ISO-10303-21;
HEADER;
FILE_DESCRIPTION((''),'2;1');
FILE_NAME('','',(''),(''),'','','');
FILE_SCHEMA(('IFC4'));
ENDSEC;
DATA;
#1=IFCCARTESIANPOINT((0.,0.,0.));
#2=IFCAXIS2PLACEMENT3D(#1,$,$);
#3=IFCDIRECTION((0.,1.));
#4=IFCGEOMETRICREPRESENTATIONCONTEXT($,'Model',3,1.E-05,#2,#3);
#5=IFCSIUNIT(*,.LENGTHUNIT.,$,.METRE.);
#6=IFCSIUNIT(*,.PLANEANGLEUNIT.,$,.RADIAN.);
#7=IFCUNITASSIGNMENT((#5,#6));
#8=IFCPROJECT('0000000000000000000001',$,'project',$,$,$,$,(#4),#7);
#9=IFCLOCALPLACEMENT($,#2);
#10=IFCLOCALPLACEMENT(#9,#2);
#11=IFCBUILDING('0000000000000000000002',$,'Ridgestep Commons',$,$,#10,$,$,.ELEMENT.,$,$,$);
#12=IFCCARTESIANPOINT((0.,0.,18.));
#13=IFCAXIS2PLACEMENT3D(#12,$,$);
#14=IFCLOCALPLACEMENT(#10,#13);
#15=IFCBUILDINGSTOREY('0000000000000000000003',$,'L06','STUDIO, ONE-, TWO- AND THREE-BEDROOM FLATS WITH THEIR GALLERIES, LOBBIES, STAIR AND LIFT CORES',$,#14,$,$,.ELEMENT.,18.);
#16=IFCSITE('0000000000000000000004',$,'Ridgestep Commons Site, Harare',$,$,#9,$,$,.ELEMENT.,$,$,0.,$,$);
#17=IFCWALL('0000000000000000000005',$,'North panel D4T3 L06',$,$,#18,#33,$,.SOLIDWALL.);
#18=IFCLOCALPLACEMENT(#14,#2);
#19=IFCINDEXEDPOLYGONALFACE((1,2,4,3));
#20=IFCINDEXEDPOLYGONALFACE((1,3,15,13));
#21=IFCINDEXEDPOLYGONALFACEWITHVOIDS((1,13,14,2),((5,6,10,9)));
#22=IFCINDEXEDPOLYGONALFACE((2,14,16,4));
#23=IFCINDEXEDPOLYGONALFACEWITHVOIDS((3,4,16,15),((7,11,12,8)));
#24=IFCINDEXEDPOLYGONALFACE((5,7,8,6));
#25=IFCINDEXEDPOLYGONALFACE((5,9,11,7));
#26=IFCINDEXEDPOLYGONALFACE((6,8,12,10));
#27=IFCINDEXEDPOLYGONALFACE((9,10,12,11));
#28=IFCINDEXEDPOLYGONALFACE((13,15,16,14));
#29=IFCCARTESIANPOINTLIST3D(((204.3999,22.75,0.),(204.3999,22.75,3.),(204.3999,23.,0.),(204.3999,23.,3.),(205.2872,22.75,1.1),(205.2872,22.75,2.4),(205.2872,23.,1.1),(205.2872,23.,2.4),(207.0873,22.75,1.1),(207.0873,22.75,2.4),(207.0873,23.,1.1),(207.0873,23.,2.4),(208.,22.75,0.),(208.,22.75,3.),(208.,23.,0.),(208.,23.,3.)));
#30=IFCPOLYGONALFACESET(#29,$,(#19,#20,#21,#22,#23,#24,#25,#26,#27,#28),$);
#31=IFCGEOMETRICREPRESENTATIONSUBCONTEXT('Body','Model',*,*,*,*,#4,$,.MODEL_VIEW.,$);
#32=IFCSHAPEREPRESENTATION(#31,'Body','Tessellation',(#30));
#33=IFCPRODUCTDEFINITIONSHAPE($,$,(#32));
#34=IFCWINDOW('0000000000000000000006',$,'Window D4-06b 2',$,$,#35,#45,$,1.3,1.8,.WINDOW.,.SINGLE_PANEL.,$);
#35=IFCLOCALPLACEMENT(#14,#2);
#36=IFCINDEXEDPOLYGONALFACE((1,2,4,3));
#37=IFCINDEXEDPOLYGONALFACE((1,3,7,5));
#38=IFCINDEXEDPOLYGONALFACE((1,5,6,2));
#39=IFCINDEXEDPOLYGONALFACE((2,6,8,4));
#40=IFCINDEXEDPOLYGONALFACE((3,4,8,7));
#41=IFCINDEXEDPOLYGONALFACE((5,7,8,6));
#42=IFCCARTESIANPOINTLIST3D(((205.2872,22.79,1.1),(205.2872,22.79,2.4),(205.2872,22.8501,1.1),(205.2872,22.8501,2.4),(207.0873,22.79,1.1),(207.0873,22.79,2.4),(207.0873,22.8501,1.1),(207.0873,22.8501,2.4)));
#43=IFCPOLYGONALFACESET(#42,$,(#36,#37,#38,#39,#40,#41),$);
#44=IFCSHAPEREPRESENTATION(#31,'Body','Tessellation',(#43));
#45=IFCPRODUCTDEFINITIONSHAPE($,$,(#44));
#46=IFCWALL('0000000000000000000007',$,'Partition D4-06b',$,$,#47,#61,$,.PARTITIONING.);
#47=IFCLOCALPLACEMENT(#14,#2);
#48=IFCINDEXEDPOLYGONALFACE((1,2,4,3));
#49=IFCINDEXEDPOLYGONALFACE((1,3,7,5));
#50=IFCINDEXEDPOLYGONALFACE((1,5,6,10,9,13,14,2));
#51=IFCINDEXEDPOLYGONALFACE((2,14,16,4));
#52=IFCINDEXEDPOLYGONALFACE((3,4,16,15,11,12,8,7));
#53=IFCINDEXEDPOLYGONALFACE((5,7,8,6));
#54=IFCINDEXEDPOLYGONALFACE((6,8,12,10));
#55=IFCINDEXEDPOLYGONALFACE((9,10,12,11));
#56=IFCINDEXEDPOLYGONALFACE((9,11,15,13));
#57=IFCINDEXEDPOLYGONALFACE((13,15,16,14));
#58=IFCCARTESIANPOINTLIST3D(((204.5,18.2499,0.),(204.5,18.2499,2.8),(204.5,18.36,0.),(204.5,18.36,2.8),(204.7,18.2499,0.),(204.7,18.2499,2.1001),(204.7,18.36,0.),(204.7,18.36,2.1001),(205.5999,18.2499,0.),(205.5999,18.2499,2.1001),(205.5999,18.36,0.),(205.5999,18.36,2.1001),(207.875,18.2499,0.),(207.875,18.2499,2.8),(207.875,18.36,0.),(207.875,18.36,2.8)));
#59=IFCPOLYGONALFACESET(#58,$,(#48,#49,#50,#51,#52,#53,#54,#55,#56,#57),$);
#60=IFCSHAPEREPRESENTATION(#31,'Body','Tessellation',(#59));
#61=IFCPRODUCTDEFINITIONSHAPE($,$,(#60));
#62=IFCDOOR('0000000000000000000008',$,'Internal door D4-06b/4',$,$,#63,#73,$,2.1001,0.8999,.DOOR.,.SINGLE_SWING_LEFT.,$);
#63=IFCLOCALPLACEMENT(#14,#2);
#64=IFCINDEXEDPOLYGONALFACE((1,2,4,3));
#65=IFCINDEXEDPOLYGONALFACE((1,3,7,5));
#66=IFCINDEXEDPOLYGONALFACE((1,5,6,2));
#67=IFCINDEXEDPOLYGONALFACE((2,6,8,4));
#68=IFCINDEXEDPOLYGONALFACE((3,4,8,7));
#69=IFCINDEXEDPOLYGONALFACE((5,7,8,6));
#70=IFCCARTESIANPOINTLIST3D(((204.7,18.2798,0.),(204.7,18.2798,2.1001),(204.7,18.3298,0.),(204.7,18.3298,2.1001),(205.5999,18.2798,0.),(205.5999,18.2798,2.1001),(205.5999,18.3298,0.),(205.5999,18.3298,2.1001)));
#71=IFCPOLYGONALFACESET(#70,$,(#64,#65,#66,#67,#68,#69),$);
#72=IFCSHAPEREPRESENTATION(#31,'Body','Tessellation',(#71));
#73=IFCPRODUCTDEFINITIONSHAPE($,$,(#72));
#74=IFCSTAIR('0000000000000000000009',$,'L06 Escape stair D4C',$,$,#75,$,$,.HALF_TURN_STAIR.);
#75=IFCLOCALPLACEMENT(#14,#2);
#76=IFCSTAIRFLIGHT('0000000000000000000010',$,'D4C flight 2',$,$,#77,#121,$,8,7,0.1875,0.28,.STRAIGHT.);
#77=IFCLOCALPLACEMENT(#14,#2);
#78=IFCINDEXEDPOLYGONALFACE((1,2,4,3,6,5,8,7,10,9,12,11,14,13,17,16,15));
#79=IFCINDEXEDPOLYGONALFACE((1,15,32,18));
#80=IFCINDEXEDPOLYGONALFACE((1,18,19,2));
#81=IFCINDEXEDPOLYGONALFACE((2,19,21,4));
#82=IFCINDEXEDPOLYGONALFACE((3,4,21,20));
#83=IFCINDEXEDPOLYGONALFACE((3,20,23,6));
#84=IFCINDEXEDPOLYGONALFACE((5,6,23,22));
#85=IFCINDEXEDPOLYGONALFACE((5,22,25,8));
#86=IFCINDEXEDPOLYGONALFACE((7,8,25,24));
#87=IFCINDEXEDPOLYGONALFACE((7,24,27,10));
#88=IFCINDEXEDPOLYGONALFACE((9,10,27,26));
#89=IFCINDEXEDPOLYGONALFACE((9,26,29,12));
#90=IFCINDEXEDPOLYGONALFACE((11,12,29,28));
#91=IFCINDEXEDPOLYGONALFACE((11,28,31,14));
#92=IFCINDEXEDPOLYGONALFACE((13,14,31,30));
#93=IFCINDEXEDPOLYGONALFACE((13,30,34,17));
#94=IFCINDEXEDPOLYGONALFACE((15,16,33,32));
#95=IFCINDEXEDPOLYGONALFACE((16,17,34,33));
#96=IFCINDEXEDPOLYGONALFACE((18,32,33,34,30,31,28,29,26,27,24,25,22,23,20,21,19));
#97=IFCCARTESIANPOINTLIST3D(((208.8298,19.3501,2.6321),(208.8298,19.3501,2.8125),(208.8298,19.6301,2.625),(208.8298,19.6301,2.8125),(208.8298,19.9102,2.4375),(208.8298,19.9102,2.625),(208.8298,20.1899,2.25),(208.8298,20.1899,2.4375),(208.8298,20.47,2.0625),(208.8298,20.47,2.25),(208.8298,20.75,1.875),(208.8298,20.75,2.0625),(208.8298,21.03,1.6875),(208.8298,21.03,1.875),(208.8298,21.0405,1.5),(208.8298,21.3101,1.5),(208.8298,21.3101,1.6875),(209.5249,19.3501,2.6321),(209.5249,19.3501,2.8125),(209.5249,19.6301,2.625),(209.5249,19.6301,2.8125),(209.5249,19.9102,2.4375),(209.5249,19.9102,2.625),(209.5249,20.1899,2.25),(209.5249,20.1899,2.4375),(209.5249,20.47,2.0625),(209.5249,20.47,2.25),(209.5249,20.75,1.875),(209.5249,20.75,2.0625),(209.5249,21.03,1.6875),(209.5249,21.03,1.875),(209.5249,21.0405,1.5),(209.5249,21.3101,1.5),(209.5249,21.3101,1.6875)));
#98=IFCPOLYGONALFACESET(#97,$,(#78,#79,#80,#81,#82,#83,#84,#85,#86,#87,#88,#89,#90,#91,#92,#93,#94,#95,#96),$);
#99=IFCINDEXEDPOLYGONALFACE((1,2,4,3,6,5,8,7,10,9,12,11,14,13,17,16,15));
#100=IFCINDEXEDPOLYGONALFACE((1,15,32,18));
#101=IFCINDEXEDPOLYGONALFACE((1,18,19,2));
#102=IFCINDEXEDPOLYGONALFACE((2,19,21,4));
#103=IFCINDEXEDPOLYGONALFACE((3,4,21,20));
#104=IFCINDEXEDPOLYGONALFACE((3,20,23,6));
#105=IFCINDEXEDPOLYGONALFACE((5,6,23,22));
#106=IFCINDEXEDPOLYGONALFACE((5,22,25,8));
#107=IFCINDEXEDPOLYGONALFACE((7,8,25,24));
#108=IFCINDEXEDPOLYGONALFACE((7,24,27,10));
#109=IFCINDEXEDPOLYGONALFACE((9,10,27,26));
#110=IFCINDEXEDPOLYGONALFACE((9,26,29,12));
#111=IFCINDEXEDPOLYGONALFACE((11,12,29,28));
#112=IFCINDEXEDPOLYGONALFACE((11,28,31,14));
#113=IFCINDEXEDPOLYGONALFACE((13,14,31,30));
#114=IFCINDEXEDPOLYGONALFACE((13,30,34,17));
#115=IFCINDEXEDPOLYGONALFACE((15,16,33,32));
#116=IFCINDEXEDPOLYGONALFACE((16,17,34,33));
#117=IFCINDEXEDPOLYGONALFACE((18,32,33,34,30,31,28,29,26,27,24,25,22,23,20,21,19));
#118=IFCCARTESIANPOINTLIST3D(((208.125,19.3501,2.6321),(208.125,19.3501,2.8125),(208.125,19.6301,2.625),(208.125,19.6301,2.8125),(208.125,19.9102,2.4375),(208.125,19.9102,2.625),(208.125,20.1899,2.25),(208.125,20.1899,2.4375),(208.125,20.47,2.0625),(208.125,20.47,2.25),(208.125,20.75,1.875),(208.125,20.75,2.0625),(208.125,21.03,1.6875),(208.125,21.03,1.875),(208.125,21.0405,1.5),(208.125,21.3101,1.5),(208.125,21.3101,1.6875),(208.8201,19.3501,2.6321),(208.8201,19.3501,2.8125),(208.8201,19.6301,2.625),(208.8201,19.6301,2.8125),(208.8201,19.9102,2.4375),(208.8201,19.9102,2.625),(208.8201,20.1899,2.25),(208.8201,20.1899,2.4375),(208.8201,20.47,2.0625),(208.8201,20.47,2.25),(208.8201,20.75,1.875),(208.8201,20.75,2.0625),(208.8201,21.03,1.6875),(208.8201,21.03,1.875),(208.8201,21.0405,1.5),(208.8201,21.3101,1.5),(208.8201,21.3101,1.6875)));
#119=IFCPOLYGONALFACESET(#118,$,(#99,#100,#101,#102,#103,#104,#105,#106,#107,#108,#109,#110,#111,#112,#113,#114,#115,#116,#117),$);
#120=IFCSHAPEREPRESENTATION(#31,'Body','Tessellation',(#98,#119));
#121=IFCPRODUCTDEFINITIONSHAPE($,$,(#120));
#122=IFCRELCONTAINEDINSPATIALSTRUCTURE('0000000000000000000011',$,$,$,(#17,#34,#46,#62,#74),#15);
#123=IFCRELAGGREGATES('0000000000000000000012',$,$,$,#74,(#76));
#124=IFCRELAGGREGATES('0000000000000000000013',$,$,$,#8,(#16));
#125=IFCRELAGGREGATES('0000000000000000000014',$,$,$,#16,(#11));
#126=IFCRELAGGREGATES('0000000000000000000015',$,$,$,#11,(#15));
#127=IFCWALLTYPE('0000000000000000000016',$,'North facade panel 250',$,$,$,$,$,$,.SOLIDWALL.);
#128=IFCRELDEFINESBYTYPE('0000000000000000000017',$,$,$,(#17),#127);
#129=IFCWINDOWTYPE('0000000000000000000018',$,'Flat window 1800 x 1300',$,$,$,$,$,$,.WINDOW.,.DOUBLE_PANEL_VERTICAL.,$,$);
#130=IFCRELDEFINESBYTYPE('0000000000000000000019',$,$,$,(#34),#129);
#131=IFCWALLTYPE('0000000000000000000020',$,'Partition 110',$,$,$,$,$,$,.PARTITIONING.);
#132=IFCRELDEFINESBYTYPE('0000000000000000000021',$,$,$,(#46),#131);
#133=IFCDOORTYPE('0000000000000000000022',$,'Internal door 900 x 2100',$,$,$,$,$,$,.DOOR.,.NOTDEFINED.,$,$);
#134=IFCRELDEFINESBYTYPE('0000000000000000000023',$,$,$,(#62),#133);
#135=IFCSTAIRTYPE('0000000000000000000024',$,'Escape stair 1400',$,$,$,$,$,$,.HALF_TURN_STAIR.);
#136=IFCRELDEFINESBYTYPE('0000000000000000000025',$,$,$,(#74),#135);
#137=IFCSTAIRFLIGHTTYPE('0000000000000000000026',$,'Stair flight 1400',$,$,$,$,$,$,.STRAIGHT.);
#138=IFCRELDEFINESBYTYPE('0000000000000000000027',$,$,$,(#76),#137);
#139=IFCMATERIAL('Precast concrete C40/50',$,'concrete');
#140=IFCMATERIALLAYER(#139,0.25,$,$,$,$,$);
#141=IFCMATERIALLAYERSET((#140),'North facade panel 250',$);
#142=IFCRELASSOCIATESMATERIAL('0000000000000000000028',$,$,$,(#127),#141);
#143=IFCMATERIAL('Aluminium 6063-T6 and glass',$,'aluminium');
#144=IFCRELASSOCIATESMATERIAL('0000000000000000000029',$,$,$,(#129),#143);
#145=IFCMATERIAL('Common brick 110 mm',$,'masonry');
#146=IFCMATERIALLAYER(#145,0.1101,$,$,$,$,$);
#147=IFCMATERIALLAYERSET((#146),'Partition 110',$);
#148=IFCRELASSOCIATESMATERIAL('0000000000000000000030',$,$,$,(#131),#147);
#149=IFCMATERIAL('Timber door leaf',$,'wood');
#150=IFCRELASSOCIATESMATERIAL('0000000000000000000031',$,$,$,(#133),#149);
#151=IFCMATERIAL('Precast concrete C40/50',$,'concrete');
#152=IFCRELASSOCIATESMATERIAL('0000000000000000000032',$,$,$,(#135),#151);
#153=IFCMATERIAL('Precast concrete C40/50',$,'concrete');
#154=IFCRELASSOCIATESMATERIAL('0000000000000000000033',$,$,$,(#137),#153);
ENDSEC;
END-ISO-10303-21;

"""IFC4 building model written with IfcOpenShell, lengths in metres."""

from ifc_helpers import new_model, si_unit, direction, frame, frame_2d, origin, place, context, subcontext, project, spatial, polyline, rectangle, outline, extrude, material, layer, layer_set, type_object, element, fill, aggregate, save


model = new_model("IFC4")

# Units and contexts
model_context = context("Model", 3, precision=1e-05, world=origin(), true_north=direction((0.0, 1.0)))
body_context = subcontext(model_context, "Body", "Model", "MODEL_VIEW")
ifc_project = project(units=[si_unit("LENGTHUNIT", "METRE"), si_unit("PLANEANGLEUNIT", "RADIAN")], contexts=[model_context])

# Site, building, storey
site_placement = place(None, origin())
site = spatial("IfcSite", under=ifc_project, at=site_placement, Name="Ridgestep Commons Site, Harare", CompositionType="ELEMENT", RefElevation=0.0)
building_placement = place(site_placement, origin())
building = spatial("IfcBuilding", under=site, at=building_placement, Name="Ridgestep Commons", CompositionType="ELEMENT")
storey_placement = place(building_placement, frame((0.0, 0.0, 18.0)))
storey = spatial("IfcBuildingStorey", under=building, at=storey_placement, Name="L06", Description="STUDIO, ONE-, TWO- AND THREE-BEDROOM FLATS WITH THEIR GALLERIES, LOBBIES, STAIR AND LIFT CORES", CompositionType="ELEMENT", Elevation=18.0)

# Wall, opening, window
ifc_material_1 = material(Name="Precast concrete C40/50", Category="concrete")
ifc_layer_1 = layer(ifc_material_1, 0.25)
ifc_layer_set_1 = layer_set([ifc_layer_1], Name="North facade panel 250")
wall_type_1 = type_object("IfcWallType", Name="North facade panel 250", PredefinedType="SOLIDWALL", material=ifc_layer_set_1)
wall_1_placement = place(storey_placement, frame((204.3999, 22.875, 0.0), z_axis=(0.0, 0.0, 1.0), x_axis=(1.0, 0.0, 0.0)))
wall_1 = element("IfcWall", 1, at=wall_1_placement, inside=storey, type_object=wall_type_1, Name="North panel D4T3 L06", PredefinedType="SOLIDWALL", context=body_context, shape_type="SweptSolid", body=[
    extrude(rectangle(XDim=3.6001, YDim=0.25, at=frame_2d((1.8, 0.0))), origin(), (0.0, 0.0, 1.0), 3.0),
])
opening_1_placement = place(wall_1_placement, frame((0.8875, 0.0, 1.1001)))
opening_1 = element("IfcOpeningElement", 2, at=opening_1_placement, cuts=wall_1, PredefinedType="OPENING", context=body_context, shape_type="SweptSolid", body=[
    extrude(rectangle(XDim=1.8, YDim=1.3, at=frame_2d((0.8999, 0.6499))), frame((0.0, 0.135, 0.0), z_axis=(0.0, -1.0, 0.0), x_axis=(1.0, 0.0, 0.0)), (0.0, 0.0, 1.0), 0.27),
])
ifc_material_2 = material(Name="Aluminium 6063-T6 and glass", Category="aluminium")
window_type = type_object("IfcWindowType", Name="Flat window 1800 x 1300", PartitioningType="DOUBLE_PANEL_VERTICAL", PredefinedType="WINDOW", material=ifc_material_2)
window_placement = place(opening_1_placement, origin())
window = element("IfcWindow", 3, at=window_placement, inside=storey, type_object=window_type, Name="Window D4-06b 2", OverallHeight=1.3, OverallWidth=1.8, PartitioningType="SINGLE_PANEL", PredefinedType="WINDOW", context=body_context, shape_type="SweptSolid", body=[
    extrude(rectangle(XDim=1.8, YDim=1.3, at=frame_2d((0.8999, 0.6499))), frame((0.0, -0.0249, 0.0), z_axis=(0.0, -1.0, 0.0), x_axis=(1.0, 0.0, 0.0)), (0.0, 0.0, 1.0), 0.0601),
])
fill(opening_1, window)

# Wall, opening, door
ifc_material_3 = material(Name="Common brick 110 mm", Category="masonry")
ifc_layer_2 = layer(ifc_material_3, 0.1101)
ifc_layer_set_2 = layer_set([ifc_layer_2], Name="Partition 110")
wall_type_2 = type_object("IfcWallType", Name="Partition 110", PredefinedType="PARTITIONING", material=ifc_layer_set_2)
wall_2_placement = place(storey_placement, frame((204.5, 18.3049, 0.0), z_axis=(0.0, 0.0, 1.0), x_axis=(1.0, 0.0, 0.0)))
wall_2 = element("IfcWall", 4, at=wall_2_placement, inside=storey, type_object=wall_type_2, Name="Partition D4-06b", PredefinedType="PARTITIONING", context=body_context, shape_type="SweptSolid", body=[
    extrude(rectangle(XDim=3.375, YDim=0.1101, at=frame_2d((1.6875, 0.0))), origin(), (0.0, 0.0, 1.0), 2.8),
])
opening_2_placement = place(wall_2_placement, frame((0.2, 0.0, 0.0)))
opening_2 = element("IfcOpeningElement", 5, at=opening_2_placement, cuts=wall_2, PredefinedType="OPENING", context=body_context, shape_type="SweptSolid", body=[
    extrude(rectangle(XDim=0.8999, YDim=2.1001, at=frame_2d((0.45, 1.05))), frame((0.0, 0.0649, 0.0), z_axis=(0.0, -1.0, 0.0), x_axis=(1.0, 0.0, 0.0)), (0.0, 0.0, 1.0), 0.1301),
])
ifc_material_4 = material(Name="Timber door leaf", Category="wood")
door_type_1 = type_object("IfcDoorType", Name="Internal door 900 x 2100", OperationType="NOTDEFINED", PredefinedType="DOOR", material=ifc_material_4)
door_1_placement = place(opening_2_placement, origin())
door_1 = element("IfcDoor", 6, at=door_1_placement, inside=storey, type_object=door_type_1, Name="Internal door D4-06b/4", OperationType="SINGLE_SWING_LEFT", OverallHeight=2.1001, OverallWidth=0.8999, PredefinedType="DOOR", context=body_context, shape_type="SweptSolid", body=[
    extrude(rectangle(XDim=0.8999, YDim=2.1001, at=frame_2d((0.45, 1.05))), frame((0.0, 0.0249, 0.0), z_axis=(0.0, -1.0, 0.0), x_axis=(1.0, 0.0, 0.0)), (0.0, 0.0, 1.0), 0.05),
])
fill(opening_2, door_1)

# Stair, stair flight
ifc_material_5 = material(Name="Precast concrete C40/50", Category="concrete")
stair_type = type_object("IfcStairType", Name="Escape stair 1400", PredefinedType="HALF_TURN_STAIR", material=ifc_material_5)
stair_placement = place(storey_placement, origin())
stair = element("IfcStair", 7, at=stair_placement, inside=storey, type_object=stair_type, Name="L06 Escape stair D4C", PredefinedType="HALF_TURN_STAIR")
ifc_material_6 = material(Name="Precast concrete C40/50", Category="concrete")
stair_flight_type = type_object("IfcStairFlightType", Name="Stair flight 1400", PredefinedType="STRAIGHT", material=ifc_material_6)
stair_flight_placement = place(storey_placement, frame((208.825, 21.3101, 1.5), z_axis=(0.0, 0.0, 1.0), x_axis=(0.0, -1.0, 0.0)))
stair_flight = element("IfcStairFlight", 8, at=stair_flight_placement, type_object=stair_flight_type, Name="D4C flight 2", NumberOfRisers=8, NumberOfTreads=7, PredefinedType="STRAIGHT", RiserHeight=0.1875, TreadLength=0.28, context=body_context, shape_type="SweptSolid", body=[
    extrude(outline(polyline([(0.0, 0.0), (0.0, 0.1875), (0.28, 0.1875), (0.28, 0.375), (0.5601, 0.375), (0.5601, 0.5625), (0.8401, 0.5625), (0.8401, 0.75), (1.1201, 0.75), (1.1201, 0.9375), (1.3999, 0.9375), (1.3999, 1.125), (1.6799, 1.125), (1.6799, 1.3125), (1.96, 1.3125), (1.96, 1.5), (1.96, 1.1321), (0.2695, 0.0), (0.0, 0.0)])), frame((0.0, 0.7, 0.0), z_axis=(0.0, -1.0, 0.0), x_axis=(1.0, 0.0, 0.0)), (0.0, 0.0, 1.0), 0.6951),
    extrude(outline(polyline([(0.0, 0.0), (0.0, 0.1875), (0.28, 0.1875), (0.28, 0.375), (0.5601, 0.375), (0.5601, 0.5625), (0.8401, 0.5625), (0.8401, 0.75), (1.1201, 0.75), (1.1201, 0.9375), (1.3999, 0.9375), (1.3999, 1.125), (1.6799, 1.125), (1.6799, 1.3125), (1.96, 1.3125), (1.96, 1.5), (1.96, 1.1321), (0.2695, 0.0), (0.0, 0.0)])), frame((0.0, -0.0049, 0.0), z_axis=(0.0, -1.0, 0.0), x_axis=(1.0, 0.0, 0.0)), (0.0, 0.0, 1.0), 0.6951),
])
aggregate(stair, [stair_flight])

save(model, "model.ifc")
